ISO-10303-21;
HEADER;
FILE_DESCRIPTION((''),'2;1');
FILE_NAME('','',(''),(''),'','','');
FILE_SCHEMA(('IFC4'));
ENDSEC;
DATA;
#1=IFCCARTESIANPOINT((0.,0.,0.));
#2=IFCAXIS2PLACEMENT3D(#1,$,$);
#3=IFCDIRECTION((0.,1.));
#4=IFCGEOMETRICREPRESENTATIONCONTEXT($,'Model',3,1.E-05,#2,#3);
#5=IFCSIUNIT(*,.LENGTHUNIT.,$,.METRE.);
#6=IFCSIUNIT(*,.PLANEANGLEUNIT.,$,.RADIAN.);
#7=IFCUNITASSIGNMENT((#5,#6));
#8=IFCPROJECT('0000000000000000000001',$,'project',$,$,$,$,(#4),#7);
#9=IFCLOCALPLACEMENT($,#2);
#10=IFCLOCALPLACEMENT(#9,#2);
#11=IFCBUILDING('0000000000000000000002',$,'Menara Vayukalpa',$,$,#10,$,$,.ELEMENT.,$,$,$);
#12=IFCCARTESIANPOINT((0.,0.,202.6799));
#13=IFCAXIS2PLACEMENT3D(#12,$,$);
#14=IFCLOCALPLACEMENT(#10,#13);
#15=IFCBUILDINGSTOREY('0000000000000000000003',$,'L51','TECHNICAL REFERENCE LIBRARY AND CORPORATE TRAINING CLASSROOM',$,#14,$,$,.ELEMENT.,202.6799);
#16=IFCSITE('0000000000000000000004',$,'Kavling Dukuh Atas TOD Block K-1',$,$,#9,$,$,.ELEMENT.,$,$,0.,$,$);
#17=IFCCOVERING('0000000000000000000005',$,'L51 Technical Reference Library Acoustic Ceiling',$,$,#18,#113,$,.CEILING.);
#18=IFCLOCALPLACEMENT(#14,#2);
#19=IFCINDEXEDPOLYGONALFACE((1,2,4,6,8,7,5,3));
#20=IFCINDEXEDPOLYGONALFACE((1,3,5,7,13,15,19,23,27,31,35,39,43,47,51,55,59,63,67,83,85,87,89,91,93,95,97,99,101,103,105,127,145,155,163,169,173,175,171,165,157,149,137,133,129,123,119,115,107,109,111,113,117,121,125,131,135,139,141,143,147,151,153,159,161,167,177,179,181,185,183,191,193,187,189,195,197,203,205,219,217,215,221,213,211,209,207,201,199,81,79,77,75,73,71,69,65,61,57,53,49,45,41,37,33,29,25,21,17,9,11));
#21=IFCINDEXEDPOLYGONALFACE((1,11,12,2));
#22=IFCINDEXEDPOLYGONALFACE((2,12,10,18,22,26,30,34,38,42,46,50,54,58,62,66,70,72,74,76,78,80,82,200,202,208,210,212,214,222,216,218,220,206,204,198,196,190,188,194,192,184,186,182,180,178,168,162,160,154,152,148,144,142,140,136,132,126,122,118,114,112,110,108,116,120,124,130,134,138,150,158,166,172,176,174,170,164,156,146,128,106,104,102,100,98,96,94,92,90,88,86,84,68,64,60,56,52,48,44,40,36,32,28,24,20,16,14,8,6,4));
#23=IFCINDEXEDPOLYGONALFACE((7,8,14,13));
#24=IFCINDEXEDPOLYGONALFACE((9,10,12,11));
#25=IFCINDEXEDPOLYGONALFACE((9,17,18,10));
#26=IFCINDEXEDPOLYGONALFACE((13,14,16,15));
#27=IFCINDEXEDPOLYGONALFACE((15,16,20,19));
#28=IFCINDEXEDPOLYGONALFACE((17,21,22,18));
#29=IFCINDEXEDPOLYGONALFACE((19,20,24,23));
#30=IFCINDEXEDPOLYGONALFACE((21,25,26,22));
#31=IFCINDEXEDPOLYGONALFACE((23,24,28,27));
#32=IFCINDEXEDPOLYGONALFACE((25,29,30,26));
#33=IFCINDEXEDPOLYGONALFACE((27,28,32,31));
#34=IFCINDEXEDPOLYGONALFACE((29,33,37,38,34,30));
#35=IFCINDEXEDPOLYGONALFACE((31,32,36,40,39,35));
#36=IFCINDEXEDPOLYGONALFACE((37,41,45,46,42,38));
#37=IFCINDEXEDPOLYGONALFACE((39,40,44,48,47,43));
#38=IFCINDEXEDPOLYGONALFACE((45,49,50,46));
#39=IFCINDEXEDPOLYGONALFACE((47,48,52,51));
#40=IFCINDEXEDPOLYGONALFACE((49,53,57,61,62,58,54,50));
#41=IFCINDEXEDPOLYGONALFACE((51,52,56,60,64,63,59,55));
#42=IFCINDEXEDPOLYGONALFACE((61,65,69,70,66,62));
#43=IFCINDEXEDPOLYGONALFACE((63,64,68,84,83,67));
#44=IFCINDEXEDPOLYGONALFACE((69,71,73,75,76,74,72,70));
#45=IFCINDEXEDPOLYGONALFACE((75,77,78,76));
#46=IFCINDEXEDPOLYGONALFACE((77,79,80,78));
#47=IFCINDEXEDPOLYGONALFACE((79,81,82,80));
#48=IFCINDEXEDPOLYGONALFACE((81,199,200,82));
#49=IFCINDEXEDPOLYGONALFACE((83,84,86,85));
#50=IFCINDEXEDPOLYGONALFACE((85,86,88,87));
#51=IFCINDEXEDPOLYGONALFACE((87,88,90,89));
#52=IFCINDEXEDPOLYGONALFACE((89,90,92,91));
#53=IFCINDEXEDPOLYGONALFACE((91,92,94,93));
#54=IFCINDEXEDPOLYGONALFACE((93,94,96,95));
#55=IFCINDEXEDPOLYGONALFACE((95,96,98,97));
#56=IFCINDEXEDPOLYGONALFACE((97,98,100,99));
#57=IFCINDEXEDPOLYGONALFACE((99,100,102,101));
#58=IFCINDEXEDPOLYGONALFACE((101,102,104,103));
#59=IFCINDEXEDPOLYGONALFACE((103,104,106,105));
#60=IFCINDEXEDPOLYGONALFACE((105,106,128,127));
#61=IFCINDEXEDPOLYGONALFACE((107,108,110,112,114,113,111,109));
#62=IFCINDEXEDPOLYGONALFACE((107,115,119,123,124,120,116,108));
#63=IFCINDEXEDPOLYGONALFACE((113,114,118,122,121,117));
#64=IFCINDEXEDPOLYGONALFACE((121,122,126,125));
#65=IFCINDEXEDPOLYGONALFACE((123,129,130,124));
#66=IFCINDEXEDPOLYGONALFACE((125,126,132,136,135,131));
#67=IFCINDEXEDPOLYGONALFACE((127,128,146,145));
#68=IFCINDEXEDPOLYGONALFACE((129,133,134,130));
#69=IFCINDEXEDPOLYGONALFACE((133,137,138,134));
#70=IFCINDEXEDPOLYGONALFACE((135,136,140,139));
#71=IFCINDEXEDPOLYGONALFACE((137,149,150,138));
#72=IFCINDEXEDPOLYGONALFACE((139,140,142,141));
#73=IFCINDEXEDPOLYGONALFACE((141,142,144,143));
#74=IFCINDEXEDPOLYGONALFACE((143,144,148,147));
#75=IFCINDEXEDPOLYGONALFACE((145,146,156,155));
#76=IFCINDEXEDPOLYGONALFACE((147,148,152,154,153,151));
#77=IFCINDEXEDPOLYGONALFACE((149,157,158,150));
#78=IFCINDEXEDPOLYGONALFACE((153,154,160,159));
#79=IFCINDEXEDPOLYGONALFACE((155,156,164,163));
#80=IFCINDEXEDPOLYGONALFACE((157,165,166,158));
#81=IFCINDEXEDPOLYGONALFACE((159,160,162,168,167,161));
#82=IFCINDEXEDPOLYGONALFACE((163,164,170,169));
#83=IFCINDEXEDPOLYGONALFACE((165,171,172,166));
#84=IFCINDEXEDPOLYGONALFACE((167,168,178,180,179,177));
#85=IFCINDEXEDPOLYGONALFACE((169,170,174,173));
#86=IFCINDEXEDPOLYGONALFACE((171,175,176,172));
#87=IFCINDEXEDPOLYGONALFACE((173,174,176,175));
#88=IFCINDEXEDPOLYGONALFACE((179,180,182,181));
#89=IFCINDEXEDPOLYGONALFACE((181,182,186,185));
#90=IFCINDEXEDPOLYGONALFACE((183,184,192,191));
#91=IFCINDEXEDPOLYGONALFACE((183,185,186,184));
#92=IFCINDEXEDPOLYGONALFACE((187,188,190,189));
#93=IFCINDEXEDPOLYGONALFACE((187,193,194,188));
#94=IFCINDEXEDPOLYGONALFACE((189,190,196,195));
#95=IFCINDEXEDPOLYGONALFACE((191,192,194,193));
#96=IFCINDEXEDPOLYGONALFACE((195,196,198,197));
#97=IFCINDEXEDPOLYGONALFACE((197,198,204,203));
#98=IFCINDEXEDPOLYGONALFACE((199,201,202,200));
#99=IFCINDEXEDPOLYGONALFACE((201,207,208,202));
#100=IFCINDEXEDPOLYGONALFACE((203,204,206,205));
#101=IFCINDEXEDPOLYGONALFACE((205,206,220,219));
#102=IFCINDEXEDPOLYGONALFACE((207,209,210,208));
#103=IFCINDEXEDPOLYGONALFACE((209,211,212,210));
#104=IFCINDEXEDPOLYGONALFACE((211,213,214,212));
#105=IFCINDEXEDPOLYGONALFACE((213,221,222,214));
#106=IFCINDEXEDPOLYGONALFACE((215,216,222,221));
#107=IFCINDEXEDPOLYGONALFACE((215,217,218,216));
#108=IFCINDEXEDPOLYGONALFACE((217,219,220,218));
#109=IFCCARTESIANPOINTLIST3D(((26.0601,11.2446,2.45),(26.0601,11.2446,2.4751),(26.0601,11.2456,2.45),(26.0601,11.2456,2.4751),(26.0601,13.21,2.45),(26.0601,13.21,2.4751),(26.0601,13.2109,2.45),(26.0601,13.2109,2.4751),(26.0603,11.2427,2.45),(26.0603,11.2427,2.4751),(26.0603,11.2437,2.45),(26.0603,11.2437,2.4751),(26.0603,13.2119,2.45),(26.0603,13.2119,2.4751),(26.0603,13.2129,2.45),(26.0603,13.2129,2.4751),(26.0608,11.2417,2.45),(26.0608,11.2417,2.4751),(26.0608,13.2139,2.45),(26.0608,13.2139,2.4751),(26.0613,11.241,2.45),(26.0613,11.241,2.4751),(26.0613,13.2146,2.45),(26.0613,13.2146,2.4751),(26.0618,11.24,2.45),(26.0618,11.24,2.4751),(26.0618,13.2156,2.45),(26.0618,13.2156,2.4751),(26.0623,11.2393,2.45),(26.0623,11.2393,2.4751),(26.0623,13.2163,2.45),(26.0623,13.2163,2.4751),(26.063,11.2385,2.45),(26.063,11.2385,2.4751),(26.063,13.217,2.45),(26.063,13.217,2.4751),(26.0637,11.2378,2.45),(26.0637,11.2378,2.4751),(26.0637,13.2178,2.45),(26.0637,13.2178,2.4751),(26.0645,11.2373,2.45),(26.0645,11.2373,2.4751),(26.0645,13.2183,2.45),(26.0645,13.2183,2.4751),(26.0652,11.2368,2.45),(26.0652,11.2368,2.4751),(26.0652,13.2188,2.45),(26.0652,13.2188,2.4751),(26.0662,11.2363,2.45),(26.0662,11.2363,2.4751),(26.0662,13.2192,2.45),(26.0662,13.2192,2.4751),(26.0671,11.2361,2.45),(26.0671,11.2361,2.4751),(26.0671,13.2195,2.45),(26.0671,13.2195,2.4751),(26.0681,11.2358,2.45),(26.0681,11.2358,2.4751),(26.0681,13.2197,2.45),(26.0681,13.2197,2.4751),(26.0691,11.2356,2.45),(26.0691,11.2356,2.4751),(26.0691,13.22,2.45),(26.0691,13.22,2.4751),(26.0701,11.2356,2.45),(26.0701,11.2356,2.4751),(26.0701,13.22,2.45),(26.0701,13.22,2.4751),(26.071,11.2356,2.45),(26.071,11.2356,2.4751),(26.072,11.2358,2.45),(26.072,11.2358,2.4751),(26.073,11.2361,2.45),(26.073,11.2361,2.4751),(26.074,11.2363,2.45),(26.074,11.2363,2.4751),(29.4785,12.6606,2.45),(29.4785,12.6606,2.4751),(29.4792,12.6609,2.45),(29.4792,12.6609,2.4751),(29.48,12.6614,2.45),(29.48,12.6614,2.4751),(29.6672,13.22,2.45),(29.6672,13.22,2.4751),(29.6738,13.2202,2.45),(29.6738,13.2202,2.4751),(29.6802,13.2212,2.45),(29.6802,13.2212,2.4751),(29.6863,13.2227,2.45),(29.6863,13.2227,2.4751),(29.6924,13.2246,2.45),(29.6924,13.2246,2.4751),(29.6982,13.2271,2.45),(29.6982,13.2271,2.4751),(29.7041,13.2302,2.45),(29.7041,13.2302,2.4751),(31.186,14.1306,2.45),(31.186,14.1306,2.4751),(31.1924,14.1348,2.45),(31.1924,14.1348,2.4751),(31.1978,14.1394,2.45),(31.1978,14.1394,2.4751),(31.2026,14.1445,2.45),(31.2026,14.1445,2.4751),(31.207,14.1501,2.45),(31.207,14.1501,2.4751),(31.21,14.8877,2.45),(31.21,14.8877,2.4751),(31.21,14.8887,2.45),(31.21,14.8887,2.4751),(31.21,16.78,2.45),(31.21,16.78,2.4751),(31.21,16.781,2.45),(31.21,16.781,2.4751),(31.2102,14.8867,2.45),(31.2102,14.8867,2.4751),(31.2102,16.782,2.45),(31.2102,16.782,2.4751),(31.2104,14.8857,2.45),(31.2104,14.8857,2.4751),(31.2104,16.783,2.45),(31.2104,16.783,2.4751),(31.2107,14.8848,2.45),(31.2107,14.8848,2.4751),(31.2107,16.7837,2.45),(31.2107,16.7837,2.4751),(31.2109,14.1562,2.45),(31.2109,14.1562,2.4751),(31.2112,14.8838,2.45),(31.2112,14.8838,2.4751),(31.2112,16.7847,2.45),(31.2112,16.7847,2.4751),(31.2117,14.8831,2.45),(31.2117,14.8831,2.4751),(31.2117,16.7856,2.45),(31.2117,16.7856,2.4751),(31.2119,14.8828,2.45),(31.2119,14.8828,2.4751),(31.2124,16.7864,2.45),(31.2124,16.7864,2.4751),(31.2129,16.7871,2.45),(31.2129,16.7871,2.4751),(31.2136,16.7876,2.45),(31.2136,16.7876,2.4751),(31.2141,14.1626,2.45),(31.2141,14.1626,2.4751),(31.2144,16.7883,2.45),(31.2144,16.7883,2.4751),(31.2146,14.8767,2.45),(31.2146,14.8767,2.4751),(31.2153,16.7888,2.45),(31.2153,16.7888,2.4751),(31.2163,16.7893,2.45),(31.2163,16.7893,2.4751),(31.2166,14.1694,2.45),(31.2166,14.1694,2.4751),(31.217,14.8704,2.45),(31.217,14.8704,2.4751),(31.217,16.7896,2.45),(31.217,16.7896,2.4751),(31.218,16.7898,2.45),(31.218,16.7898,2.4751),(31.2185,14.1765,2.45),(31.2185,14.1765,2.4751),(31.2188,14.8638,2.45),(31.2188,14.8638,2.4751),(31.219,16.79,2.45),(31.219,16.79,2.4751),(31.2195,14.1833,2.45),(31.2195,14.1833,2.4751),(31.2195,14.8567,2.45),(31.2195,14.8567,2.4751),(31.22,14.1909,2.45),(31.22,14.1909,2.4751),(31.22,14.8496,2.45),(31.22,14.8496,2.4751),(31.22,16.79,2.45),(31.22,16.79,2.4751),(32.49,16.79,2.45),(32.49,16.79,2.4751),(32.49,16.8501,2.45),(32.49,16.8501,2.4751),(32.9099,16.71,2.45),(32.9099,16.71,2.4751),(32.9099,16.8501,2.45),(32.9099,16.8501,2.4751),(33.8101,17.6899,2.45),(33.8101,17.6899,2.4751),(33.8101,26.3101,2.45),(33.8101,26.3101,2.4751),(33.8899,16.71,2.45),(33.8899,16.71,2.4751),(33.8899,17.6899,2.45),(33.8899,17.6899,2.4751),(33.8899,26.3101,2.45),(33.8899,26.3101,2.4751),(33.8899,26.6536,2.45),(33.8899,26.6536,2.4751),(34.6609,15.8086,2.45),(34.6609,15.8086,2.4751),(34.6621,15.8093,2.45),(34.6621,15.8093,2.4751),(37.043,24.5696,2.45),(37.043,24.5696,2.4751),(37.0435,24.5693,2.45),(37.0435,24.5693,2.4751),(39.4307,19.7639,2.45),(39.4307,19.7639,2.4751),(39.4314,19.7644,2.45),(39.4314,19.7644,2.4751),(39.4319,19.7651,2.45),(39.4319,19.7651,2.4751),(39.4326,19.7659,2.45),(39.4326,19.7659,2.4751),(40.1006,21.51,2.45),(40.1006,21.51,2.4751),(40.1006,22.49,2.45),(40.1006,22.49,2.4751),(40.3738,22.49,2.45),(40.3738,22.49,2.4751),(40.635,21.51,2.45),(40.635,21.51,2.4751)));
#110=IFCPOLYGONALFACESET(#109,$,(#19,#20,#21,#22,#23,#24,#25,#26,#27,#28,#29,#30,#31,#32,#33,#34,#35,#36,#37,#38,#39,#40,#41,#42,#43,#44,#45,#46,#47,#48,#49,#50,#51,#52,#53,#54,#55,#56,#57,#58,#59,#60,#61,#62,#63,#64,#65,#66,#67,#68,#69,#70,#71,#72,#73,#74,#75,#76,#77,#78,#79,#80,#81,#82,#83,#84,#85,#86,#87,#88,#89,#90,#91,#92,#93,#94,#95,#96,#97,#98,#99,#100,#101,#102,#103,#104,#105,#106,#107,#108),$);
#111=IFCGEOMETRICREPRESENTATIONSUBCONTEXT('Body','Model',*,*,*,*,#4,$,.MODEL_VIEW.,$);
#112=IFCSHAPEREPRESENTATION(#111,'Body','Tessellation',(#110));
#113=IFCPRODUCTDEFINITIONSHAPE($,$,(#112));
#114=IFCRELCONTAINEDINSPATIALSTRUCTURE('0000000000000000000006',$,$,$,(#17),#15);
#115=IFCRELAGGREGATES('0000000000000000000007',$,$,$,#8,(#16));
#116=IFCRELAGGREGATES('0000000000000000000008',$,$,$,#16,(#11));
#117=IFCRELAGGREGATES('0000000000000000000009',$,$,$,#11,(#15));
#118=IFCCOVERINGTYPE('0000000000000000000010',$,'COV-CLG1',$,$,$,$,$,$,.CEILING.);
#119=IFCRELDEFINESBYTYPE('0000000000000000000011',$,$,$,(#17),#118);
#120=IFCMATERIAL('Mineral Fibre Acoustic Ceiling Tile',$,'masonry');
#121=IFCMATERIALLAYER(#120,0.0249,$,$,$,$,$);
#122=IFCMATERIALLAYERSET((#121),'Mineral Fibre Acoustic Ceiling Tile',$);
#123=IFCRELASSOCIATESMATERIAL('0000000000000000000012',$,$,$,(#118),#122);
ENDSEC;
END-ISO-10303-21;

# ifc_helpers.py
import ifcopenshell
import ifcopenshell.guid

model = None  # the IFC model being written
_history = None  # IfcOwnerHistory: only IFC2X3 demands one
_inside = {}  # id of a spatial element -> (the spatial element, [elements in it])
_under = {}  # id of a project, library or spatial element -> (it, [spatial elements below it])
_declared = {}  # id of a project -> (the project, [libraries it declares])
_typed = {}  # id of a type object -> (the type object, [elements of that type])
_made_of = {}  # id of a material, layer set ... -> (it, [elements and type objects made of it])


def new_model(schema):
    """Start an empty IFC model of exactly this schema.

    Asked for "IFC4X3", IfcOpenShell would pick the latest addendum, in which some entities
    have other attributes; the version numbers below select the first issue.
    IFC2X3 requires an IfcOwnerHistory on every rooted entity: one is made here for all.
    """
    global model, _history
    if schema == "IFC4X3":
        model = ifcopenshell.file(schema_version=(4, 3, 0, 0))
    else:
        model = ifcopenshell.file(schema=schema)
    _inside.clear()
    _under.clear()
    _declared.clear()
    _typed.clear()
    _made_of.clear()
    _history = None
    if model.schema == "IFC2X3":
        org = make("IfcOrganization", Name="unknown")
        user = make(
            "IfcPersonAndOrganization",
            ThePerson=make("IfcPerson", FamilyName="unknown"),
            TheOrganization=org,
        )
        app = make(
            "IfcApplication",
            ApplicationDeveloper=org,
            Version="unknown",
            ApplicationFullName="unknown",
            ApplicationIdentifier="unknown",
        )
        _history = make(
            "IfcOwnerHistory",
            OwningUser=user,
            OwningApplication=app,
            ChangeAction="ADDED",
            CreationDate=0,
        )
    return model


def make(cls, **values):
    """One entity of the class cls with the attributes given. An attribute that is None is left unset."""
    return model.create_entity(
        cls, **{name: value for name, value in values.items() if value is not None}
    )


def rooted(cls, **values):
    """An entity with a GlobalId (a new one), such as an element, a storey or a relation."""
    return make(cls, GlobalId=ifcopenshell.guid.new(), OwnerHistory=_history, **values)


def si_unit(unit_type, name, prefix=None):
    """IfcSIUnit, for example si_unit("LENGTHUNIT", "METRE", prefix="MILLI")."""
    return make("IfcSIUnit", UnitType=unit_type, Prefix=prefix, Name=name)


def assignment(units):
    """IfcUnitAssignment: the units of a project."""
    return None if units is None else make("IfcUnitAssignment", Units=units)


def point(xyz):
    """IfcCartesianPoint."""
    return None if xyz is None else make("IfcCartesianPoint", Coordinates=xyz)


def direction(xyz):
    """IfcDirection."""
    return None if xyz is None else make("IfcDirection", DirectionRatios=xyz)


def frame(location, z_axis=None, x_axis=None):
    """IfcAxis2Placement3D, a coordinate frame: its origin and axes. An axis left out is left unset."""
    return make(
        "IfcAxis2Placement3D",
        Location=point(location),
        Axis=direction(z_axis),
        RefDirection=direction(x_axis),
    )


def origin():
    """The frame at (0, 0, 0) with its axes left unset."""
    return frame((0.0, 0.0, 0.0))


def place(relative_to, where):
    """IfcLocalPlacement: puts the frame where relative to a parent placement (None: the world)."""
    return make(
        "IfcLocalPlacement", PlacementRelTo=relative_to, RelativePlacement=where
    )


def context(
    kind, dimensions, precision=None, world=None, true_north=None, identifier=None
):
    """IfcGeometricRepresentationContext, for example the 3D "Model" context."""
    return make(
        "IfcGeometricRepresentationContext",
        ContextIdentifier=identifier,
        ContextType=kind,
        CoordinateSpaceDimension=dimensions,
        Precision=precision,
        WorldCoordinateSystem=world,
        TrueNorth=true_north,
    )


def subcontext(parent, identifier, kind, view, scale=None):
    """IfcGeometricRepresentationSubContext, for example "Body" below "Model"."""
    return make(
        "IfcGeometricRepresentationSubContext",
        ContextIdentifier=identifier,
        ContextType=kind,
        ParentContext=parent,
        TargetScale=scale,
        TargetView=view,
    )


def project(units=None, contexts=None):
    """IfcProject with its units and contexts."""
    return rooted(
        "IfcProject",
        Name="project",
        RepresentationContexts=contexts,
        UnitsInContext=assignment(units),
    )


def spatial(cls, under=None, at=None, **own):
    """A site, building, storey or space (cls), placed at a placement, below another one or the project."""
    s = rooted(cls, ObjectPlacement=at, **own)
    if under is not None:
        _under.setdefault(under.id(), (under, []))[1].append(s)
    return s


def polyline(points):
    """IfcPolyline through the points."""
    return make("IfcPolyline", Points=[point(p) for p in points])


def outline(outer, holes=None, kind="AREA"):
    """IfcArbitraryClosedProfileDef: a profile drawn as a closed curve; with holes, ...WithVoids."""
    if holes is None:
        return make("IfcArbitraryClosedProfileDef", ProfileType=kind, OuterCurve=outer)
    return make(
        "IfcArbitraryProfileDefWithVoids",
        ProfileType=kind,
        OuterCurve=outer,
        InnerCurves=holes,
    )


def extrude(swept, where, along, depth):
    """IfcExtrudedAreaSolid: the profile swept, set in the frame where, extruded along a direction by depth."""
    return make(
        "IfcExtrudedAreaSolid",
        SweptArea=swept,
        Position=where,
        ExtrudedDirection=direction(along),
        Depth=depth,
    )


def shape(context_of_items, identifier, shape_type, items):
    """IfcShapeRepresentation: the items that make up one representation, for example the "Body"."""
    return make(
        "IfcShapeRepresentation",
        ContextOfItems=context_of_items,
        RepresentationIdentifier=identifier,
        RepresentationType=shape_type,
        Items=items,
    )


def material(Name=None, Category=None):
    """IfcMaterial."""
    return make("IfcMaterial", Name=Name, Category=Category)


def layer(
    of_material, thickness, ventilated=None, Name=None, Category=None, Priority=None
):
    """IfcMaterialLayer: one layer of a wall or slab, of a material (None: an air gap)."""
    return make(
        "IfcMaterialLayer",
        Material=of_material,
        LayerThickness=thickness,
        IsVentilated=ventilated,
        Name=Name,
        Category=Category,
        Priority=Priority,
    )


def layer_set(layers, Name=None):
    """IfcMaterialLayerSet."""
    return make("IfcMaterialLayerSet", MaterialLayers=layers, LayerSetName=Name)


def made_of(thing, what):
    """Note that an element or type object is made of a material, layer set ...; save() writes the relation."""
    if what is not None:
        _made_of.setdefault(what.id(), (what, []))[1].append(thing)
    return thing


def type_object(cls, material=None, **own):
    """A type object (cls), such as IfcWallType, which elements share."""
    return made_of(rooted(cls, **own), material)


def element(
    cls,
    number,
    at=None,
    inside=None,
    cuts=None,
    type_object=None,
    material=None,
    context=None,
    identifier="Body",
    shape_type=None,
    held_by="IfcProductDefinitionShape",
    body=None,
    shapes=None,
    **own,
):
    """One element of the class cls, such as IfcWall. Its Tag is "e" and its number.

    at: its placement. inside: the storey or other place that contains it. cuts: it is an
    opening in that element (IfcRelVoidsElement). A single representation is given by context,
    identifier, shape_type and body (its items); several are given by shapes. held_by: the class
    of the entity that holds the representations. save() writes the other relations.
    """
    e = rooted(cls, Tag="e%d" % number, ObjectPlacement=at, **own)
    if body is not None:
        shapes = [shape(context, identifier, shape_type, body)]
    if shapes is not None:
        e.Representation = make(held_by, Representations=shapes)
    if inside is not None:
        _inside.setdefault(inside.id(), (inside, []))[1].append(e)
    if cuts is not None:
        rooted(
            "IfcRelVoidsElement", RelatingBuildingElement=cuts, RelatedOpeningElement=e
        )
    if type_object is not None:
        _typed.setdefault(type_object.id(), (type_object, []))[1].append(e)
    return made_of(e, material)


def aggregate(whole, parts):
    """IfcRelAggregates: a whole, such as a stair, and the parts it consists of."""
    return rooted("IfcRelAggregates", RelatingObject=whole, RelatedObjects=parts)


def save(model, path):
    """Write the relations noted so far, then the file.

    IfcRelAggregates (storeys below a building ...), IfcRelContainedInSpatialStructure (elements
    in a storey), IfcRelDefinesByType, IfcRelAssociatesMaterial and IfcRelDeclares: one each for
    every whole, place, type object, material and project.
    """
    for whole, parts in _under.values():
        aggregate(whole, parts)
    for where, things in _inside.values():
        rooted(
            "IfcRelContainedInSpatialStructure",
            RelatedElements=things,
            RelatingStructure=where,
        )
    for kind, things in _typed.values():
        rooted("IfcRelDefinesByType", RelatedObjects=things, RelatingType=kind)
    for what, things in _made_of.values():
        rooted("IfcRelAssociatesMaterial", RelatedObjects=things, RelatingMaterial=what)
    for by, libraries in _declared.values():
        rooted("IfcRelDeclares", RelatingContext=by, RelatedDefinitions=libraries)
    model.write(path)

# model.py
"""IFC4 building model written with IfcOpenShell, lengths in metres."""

from ifc_helpers import new_model, si_unit, direction, frame, origin, place, context, subcontext, project, spatial, polyline, outline, extrude, material, layer, layer_set, type_object, element, save


model = new_model("IFC4")

# Units and contexts
model_context = context("Model", 3, precision=1e-05, world=origin(), true_north=direction((0.0, 1.0)))
body_context = subcontext(model_context, "Body", "Model", "MODEL_VIEW")
ifc_project = project(units=[si_unit("LENGTHUNIT", "METRE"), si_unit("PLANEANGLEUNIT", "RADIAN")], contexts=[model_context])

# Site, building, storey
site_placement = place(None, origin())
site = spatial("IfcSite", under=ifc_project, at=site_placement, Name="Kavling Dukuh Atas TOD Block K-1", CompositionType="ELEMENT", RefElevation=0.0)
building_placement = place(site_placement, origin())
building = spatial("IfcBuilding", under=site, at=building_placement, Name="Menara Vayukalpa", CompositionType="ELEMENT")
storey_placement = place(building_placement, frame((0.0, 0.0, 202.6799)))
storey = spatial("IfcBuildingStorey", under=building, at=storey_placement, Name="L51", Description="TECHNICAL REFERENCE LIBRARY AND CORPORATE TRAINING CLASSROOM", CompositionType="ELEMENT", Elevation=202.6799)

# Covering
ifc_material_1 = material(Name="Mineral Fibre Acoustic Ceiling Tile", Category="masonry")
ifc_layer_1 = layer(ifc_material_1, 0.0249)
ifc_layer_set_1 = layer_set([ifc_layer_1], Name="Mineral Fibre Acoustic Ceiling Tile")
covering_type_1 = type_object("IfcCoveringType", Name="COV-CLG1", PredefinedType="CEILING", material=ifc_layer_set_1)
covering_1_placement = place(storey_placement, frame((0.0, 0.0, 2.45)))
element("IfcCovering", 1, at=covering_1_placement, inside=storey, type_object=covering_type_1, Name="L51 Technical Reference Library Acoustic Ceiling", PredefinedType="CEILING", context=body_context, shape_type="SweptSolid", body=[
    extrude(outline(polyline([(33.8101, 26.3101), (33.8899, 26.3101), (33.8899, 26.6536), (37.043, 24.5696), (37.0435, 24.5693), (37.0435, 24.5693), (40.3738, 22.49), (40.1006, 22.49), (40.1006, 21.51), (40.635, 21.51), (39.4326, 19.7659), (39.4319, 19.7651), (39.4314, 19.7644), (39.4307, 19.7639), (34.6621, 15.8093), (34.6609, 15.8086), (29.48, 12.6614), (29.4792, 12.6609), (29.4785, 12.6606), (26.074, 11.2363), (26.073, 11.2361), (26.072, 11.2358), (26.071, 11.2356), (26.0701, 11.2356), (26.0691, 11.2356), (26.0681, 11.2358), (26.0671, 11.2361), (26.0662, 11.2363), (26.0652, 11.2368), (26.0645, 11.2373), (26.0637, 11.2378), (26.063, 11.2385), (26.0623, 11.2393), (26.0618, 11.24), (26.0613, 11.241), (26.0608, 11.2417), (26.0603, 11.2427), (26.0603, 11.2437), (26.0601, 11.2446), (26.0601, 11.2456), (26.0601, 13.21), (26.0601, 13.2109), (26.0603, 13.2119), (26.0603, 13.2129), (26.0608, 13.2139), (26.0613, 13.2146), (26.0618, 13.2156), (26.0623, 13.2163), (26.063, 13.217), (26.0637, 13.2178), (26.0645, 13.2183), (26.0652, 13.2188), (26.0662, 13.2192), (26.0671, 13.2195), (26.0681, 13.2197), (26.0691, 13.22), (26.0701, 13.22), (29.6672, 13.22), (29.6738, 13.2202), (29.6802, 13.2212), (29.6863, 13.2227), (29.6924, 13.2246), (29.6982, 13.2271), (29.7041, 13.2302), (31.186, 14.1306), (31.1924, 14.1348), (31.1978, 14.1394), (31.2026, 14.1445), (31.207, 14.1501), (31.2109, 14.1562), (31.2141, 14.1626), (31.2166, 14.1694), (31.2185, 14.1765), (31.2195, 14.1833), (31.22, 14.1909), (31.22, 14.8496), (31.2195, 14.8567), (31.2188, 14.8638), (31.217, 14.8704), (31.2146, 14.8767), (31.2119, 14.8828), (31.2117, 14.8831), (31.2112, 14.8838), (31.2107, 14.8848), (31.2104, 14.8857), (31.2102, 14.8867), (31.21, 14.8877), (31.21, 14.8887), (31.21, 16.78), (31.21, 16.781), (31.2102, 16.782), (31.2104, 16.783), (31.2107, 16.7837), (31.2112, 16.7847), (31.2117, 16.7856), (31.2124, 16.7864), (31.2129, 16.7871), (31.2136, 16.7876), (31.2144, 16.7883), (31.2153, 16.7888), (31.2163, 16.7893), (31.217, 16.7896), (31.218, 16.7898), (31.219, 16.79), (31.22, 16.79), (32.49, 16.79), (32.49, 16.8501), (32.9099, 16.8501), (32.9099, 16.71), (33.8899, 16.71), (33.8899, 17.6899), (33.8101, 17.6899), (33.8101, 26.3101)])), origin(), (0.0, 0.0, 1.0), 0.0251),
])

save(model, "model.ifc")
